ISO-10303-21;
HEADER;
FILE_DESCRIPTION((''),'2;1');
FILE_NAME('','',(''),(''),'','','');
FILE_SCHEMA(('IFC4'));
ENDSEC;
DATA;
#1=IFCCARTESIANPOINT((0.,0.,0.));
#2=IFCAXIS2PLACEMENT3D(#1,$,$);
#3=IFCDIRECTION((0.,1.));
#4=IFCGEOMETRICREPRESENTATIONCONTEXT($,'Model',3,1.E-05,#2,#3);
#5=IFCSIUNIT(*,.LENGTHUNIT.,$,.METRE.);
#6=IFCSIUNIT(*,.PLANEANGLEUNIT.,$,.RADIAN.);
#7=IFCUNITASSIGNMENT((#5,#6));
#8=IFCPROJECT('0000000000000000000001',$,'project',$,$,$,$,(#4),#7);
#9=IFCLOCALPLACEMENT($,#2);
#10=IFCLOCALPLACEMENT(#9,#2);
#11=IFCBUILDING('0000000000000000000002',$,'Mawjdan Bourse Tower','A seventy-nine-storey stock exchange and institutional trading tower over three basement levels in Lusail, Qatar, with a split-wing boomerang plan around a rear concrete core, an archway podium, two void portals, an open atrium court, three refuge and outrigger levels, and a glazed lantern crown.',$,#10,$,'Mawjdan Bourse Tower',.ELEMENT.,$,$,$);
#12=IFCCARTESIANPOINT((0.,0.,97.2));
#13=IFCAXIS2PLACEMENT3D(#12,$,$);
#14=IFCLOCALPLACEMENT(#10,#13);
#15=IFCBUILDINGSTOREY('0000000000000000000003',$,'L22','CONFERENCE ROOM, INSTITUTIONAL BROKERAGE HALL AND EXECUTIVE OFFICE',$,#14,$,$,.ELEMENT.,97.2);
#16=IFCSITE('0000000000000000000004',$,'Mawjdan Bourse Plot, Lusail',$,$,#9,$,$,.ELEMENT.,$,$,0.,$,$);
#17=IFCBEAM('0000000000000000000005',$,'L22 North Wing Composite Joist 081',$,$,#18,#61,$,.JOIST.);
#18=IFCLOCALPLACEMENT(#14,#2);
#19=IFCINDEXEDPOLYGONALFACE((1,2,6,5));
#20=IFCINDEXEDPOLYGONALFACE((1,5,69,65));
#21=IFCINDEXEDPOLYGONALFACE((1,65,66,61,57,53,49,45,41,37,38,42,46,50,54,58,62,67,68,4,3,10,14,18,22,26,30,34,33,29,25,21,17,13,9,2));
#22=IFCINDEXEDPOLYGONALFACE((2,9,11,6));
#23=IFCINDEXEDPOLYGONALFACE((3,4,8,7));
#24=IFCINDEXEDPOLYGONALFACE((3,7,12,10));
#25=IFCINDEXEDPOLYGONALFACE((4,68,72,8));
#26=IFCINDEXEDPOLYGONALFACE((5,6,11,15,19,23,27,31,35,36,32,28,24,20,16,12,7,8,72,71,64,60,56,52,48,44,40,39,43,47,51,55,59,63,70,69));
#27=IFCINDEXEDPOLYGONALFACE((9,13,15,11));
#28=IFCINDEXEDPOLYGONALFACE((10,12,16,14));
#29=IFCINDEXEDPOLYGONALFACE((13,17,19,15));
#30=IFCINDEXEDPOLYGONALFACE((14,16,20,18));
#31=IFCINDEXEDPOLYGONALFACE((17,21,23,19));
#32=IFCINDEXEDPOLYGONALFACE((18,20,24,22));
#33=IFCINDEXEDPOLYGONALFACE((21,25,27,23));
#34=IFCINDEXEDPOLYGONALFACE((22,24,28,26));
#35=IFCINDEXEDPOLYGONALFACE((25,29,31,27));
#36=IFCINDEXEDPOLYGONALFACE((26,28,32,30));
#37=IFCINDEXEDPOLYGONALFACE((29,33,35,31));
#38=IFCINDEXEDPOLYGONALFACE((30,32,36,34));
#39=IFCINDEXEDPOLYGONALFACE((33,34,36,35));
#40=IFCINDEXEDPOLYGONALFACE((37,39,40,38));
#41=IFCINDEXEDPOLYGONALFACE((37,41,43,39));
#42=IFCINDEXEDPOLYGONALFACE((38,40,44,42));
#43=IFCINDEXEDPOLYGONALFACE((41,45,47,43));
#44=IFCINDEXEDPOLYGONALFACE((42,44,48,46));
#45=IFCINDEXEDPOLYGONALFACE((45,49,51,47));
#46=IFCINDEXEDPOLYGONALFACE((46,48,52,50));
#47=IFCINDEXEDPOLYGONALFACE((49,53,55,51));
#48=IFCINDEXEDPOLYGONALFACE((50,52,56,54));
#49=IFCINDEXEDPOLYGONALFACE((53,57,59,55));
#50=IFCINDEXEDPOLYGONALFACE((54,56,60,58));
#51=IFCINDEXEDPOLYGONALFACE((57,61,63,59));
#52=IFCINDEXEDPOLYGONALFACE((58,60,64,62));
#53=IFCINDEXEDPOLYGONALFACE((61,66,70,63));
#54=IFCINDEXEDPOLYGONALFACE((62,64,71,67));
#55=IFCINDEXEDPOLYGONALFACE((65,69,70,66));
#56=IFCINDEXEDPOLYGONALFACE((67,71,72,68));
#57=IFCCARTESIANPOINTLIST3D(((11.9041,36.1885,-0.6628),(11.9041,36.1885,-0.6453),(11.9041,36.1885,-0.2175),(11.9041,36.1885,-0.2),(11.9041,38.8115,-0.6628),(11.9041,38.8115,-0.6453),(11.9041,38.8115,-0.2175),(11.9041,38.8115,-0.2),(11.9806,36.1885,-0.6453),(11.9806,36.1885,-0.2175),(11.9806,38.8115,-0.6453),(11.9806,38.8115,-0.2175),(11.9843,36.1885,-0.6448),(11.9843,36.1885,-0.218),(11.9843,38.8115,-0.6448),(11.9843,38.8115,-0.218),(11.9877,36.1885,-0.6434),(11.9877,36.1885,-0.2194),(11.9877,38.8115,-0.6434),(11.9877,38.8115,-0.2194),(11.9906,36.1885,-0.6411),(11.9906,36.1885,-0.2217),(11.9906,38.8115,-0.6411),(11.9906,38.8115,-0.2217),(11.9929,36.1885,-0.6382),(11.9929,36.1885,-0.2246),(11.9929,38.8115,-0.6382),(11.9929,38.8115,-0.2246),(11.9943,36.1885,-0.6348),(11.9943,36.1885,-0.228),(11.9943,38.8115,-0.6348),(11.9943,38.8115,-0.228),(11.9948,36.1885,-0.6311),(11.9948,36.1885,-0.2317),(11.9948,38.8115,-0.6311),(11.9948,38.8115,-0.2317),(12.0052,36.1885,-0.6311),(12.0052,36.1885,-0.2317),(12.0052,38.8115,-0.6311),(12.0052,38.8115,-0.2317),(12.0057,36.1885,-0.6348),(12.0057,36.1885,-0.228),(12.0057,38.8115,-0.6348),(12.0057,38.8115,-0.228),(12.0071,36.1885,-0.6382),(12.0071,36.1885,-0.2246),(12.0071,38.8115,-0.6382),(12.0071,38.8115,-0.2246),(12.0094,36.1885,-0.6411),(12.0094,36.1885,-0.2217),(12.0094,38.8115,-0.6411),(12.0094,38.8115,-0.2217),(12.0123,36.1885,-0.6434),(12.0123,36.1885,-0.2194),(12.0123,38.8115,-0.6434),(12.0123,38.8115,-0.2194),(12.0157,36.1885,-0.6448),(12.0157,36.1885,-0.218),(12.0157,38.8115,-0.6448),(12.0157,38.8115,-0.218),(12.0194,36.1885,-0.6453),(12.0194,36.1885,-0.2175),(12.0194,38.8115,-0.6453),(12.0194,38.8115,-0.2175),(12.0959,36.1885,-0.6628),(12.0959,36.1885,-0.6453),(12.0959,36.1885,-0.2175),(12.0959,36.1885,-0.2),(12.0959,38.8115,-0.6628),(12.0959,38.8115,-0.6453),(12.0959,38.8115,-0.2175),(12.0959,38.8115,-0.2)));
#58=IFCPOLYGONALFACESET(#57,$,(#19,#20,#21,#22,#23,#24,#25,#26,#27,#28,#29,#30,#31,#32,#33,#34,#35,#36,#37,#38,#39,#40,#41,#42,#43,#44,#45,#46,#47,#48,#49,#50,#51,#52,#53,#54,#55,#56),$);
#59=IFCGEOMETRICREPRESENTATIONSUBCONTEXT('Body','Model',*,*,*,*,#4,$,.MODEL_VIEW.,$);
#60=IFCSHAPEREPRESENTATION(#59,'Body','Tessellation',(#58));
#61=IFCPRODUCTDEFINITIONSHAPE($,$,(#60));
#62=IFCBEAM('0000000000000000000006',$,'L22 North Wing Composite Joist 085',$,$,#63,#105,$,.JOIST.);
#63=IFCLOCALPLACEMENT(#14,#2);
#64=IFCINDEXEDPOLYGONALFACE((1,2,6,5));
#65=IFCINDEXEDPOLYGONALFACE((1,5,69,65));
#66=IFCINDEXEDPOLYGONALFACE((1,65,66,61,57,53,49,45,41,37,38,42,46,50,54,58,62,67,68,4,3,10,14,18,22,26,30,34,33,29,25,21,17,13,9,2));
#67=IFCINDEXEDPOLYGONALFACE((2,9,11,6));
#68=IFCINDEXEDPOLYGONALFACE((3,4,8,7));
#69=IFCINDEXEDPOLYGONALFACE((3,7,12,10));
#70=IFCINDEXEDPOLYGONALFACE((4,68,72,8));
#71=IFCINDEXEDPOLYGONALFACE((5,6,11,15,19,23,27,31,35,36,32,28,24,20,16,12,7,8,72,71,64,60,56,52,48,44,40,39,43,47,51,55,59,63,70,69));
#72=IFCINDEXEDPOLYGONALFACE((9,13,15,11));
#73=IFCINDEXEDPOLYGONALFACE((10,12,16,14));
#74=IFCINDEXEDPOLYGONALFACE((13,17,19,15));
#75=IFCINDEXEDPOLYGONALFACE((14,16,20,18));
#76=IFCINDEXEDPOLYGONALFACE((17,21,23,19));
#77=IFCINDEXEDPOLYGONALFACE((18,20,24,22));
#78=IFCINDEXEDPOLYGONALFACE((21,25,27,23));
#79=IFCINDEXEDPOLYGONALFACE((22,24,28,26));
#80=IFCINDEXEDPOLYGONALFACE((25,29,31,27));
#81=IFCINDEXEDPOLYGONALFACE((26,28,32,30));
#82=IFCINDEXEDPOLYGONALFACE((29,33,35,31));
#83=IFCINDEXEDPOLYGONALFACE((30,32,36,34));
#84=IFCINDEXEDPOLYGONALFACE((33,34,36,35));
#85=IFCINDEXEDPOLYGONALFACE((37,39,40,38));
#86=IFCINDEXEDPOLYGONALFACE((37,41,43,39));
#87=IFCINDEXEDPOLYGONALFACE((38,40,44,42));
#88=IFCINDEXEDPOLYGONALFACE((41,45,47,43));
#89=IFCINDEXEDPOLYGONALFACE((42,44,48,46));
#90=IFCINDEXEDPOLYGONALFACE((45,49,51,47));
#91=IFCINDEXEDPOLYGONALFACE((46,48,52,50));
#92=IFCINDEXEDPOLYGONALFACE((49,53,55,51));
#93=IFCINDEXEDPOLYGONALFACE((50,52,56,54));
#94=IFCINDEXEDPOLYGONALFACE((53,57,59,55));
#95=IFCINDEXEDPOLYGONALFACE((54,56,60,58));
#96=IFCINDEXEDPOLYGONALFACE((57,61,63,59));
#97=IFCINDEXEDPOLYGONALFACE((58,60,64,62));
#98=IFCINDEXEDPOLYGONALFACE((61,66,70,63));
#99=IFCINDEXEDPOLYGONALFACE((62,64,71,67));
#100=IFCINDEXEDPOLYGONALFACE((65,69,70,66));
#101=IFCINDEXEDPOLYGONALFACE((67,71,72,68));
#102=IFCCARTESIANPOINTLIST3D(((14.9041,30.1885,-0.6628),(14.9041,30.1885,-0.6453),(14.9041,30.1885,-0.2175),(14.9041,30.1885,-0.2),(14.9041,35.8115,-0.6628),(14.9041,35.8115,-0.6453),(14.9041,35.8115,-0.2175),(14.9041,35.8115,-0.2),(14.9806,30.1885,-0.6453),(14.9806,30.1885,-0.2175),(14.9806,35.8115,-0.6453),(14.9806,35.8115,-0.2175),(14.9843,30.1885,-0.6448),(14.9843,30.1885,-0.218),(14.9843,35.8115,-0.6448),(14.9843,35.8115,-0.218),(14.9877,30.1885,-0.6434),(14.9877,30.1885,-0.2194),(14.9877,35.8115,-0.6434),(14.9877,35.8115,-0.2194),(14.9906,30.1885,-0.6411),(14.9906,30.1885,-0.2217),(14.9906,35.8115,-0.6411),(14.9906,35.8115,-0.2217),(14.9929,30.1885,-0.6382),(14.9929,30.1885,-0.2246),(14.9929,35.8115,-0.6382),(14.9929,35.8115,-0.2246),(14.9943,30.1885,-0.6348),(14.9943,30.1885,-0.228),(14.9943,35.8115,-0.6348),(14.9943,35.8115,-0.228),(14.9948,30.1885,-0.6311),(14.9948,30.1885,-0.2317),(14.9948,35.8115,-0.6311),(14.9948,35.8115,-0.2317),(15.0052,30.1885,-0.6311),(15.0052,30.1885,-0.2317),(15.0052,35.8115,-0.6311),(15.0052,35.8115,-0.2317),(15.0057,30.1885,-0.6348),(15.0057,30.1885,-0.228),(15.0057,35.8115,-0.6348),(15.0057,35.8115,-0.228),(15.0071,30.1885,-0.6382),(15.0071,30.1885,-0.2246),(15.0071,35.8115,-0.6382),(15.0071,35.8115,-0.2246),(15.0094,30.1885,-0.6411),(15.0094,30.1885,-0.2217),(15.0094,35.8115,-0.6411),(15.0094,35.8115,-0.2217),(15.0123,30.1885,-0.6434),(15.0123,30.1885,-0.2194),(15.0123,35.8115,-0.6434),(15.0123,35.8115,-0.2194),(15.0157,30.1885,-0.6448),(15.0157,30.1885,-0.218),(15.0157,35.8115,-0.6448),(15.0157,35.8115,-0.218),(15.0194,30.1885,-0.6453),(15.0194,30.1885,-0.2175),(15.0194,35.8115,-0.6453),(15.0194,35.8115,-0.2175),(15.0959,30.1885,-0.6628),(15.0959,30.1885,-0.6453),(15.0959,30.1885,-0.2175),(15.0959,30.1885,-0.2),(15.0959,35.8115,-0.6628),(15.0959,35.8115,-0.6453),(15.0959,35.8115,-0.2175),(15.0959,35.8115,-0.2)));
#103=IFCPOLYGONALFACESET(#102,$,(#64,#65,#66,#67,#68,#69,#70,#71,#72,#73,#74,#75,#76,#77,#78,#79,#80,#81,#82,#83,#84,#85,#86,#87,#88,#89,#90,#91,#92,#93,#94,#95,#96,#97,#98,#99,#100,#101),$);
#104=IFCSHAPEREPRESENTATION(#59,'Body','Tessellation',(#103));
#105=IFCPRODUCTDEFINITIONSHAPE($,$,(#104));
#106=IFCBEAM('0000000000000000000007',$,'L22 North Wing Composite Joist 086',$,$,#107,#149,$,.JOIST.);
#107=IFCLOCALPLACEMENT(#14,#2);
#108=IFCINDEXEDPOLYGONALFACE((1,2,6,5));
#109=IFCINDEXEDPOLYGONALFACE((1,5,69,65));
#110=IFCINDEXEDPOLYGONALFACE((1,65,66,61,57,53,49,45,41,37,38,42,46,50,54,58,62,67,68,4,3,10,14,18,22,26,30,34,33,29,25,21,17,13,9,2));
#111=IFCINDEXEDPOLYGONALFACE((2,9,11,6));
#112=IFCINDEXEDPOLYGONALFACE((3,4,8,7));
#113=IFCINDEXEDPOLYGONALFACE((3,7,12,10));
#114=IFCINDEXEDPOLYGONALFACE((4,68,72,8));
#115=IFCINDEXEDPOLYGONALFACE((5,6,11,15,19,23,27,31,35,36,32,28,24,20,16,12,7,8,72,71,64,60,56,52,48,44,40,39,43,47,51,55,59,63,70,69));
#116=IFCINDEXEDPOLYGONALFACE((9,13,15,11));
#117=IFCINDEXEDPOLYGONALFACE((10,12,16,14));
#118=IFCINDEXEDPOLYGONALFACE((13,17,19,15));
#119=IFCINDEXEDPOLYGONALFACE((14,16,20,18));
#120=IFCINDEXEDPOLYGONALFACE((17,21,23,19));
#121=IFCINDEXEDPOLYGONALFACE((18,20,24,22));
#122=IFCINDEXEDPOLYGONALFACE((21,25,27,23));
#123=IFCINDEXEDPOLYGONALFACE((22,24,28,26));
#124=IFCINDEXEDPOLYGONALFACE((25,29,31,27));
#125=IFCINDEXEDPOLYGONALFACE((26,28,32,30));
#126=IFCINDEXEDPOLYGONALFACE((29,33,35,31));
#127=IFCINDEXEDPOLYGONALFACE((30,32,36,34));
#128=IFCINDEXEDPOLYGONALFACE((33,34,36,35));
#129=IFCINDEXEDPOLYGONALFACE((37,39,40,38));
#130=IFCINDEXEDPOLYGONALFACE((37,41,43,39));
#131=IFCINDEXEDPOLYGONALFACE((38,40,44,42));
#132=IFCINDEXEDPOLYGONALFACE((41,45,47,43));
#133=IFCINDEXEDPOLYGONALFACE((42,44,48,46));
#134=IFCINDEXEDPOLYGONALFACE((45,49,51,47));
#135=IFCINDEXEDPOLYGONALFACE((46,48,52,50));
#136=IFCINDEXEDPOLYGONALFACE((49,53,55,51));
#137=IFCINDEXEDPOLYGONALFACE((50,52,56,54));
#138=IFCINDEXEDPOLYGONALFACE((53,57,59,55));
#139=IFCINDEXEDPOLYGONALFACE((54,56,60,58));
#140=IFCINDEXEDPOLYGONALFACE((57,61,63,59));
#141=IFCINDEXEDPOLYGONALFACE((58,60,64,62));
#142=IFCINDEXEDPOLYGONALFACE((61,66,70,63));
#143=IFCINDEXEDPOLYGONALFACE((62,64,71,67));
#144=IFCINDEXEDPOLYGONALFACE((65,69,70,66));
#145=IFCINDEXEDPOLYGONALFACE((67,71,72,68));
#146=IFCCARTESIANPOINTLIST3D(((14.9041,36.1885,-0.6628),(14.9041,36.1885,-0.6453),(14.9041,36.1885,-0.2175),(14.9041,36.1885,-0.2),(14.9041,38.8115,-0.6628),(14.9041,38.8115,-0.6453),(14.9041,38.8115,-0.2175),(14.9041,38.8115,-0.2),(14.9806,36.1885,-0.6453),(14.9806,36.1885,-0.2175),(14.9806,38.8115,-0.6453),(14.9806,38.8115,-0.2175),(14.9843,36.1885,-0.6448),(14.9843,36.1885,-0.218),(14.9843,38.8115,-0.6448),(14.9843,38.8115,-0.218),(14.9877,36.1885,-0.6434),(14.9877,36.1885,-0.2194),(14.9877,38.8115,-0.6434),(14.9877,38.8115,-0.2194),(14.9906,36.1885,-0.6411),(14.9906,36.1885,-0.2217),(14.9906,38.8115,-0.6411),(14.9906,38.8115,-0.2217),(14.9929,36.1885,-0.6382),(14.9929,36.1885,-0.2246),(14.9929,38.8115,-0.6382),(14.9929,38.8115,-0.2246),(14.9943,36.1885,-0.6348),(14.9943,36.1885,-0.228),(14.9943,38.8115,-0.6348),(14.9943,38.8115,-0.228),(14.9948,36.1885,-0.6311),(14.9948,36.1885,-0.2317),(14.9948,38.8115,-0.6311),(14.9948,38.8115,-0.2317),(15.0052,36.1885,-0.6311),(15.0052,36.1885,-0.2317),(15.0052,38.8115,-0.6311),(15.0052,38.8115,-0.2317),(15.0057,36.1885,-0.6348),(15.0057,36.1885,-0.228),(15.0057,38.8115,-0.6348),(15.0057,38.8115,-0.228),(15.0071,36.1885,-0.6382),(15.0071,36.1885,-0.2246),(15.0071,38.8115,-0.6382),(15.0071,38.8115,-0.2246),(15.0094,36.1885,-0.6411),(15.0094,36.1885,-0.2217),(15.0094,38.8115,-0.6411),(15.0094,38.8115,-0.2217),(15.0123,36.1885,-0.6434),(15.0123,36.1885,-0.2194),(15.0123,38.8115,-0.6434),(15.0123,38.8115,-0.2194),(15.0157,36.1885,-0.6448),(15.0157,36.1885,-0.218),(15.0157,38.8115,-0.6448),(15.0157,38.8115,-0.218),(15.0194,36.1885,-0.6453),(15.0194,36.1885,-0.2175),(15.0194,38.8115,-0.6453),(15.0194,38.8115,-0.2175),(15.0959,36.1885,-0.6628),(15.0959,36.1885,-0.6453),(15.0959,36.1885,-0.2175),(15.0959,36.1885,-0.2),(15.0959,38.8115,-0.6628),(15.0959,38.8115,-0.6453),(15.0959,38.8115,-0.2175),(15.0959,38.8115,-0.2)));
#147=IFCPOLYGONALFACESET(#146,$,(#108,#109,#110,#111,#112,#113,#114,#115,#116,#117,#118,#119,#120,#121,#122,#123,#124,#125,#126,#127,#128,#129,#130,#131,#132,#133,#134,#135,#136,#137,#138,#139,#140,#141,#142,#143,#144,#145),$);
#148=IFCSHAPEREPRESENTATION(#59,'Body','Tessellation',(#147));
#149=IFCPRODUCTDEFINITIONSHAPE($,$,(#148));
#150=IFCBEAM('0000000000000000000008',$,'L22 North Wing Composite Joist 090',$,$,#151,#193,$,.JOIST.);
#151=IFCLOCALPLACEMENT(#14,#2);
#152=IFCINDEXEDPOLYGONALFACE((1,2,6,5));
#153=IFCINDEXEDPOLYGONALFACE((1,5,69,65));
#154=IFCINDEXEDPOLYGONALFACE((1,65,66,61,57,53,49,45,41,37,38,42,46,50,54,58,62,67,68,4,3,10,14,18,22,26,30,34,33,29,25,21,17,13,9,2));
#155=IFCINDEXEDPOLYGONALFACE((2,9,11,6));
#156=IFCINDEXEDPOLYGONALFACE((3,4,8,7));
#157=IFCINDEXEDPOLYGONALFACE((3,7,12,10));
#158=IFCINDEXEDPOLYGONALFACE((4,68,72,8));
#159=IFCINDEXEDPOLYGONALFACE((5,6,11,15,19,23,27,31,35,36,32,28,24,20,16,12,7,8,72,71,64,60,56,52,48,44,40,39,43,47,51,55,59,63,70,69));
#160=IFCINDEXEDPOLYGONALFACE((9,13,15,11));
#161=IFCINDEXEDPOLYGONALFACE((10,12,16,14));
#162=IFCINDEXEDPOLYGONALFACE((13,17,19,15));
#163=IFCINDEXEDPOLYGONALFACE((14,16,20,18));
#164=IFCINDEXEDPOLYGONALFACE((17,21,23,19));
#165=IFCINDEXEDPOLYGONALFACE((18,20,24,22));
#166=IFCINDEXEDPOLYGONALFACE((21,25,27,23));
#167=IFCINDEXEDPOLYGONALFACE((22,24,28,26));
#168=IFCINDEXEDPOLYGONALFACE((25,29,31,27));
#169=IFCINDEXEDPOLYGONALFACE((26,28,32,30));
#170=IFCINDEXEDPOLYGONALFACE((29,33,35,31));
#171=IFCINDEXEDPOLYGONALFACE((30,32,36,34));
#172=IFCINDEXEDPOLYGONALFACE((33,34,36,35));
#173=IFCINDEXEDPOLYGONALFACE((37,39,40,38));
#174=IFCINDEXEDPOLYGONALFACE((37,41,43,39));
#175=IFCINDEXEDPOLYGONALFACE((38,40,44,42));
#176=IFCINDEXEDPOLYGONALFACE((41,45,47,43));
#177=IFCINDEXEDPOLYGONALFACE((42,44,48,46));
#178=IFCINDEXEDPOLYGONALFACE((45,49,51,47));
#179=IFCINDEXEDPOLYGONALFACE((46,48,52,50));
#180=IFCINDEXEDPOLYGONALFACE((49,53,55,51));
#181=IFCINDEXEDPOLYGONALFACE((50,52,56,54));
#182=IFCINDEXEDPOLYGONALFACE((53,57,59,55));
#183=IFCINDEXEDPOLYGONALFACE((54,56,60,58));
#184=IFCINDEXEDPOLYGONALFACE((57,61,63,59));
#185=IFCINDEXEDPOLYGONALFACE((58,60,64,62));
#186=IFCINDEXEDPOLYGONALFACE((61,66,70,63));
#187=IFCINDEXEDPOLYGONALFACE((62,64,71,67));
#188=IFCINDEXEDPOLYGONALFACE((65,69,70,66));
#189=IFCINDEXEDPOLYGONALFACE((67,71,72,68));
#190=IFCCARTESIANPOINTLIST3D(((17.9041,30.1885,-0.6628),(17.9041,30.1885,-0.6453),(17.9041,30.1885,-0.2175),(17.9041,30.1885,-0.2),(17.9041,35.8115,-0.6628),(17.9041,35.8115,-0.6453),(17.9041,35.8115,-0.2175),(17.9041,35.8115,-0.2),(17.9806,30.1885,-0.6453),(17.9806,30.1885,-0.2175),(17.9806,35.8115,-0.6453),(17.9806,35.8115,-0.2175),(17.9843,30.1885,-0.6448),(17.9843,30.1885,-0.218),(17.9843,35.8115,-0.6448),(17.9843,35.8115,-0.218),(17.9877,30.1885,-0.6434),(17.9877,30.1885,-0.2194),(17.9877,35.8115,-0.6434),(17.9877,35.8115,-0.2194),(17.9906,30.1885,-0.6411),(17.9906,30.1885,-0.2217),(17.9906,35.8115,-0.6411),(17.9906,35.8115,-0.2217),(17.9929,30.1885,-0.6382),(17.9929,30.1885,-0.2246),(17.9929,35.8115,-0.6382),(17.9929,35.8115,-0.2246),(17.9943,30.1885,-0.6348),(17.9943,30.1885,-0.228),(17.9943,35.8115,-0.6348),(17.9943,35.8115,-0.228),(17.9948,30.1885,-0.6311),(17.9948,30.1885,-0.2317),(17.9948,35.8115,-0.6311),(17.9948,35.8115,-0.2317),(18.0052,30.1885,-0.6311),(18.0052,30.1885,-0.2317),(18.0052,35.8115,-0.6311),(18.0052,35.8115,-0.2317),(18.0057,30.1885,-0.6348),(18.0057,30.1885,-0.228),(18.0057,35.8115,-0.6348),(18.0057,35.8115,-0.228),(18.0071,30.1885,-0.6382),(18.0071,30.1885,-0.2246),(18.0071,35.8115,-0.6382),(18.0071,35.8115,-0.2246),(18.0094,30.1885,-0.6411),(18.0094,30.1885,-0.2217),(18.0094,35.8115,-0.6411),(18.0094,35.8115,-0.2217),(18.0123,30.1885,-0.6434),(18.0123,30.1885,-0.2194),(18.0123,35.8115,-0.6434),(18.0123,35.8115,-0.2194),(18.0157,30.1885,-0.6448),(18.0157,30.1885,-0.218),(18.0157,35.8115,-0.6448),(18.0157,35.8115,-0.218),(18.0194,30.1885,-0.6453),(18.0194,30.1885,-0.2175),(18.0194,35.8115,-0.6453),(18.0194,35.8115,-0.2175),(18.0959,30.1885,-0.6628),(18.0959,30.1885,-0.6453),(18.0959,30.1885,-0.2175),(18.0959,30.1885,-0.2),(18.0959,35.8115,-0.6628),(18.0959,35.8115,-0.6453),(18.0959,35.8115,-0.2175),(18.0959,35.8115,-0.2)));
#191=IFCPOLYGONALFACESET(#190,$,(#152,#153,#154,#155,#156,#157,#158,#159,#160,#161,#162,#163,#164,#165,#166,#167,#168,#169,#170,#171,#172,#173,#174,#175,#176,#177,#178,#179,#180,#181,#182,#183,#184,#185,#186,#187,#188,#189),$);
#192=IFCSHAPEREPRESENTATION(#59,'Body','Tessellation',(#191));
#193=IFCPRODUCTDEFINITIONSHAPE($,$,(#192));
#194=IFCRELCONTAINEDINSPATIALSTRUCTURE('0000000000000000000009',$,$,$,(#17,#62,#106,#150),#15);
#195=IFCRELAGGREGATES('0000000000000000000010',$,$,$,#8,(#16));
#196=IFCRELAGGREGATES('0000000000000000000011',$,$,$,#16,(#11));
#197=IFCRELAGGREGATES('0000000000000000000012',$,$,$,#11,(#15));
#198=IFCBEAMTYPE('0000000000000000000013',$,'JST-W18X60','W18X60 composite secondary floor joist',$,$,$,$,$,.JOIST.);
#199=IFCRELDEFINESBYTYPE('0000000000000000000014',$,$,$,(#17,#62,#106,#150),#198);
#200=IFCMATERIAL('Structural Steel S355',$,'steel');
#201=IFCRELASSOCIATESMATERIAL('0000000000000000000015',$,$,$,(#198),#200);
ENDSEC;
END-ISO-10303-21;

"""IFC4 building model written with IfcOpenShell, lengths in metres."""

from ifc_helpers import new_model, si_unit, direction, frame, origin, origin_2d, place, context, subcontext, project, spatial, i_section, extrude, material, material_profile, profile_set, type_object, element, save


model = new_model("IFC4")

# Units and contexts
model_context = context("Model", 3, precision=1e-05, world=origin(), true_north=direction((0.0, 1.0)))
body_context = subcontext(model_context, "Body", "Model", "MODEL_VIEW")
ifc_project = project(units=[si_unit("LENGTHUNIT", "METRE"), si_unit("PLANEANGLEUNIT", "RADIAN")], contexts=[model_context])

# Site, building, storey
site_placement = place(None, origin())
site = spatial("IfcSite", under=ifc_project, at=site_placement, Name="Mawjdan Bourse Plot, Lusail", CompositionType="ELEMENT", RefElevation=0.0)
building_placement = place(site_placement, origin())
building = spatial("IfcBuilding", under=site, at=building_placement, Name="Mawjdan Bourse Tower", Description="A seventy-nine-storey stock exchange and institutional trading tower over three basement levels in Lusail, Qatar, with a split-wing boomerang plan around a rear concrete core, an archway podium, two void portals, an open atrium court, three refuge and outrigger levels, and a glazed lantern crown.", LongName="Mawjdan Bourse Tower", CompositionType="ELEMENT")
storey_placement = place(building_placement, frame((0.0, 0.0, 97.2)))
storey = spatial("IfcBuildingStorey", under=building, at=storey_placement, Name="L22", Description="CONFERENCE ROOM, INSTITUTIONAL BROKERAGE HALL AND EXECUTIVE OFFICE", CompositionType="ELEMENT", Elevation=97.2)

# Beams
ifc_material_1 = material(Name="Structural Steel S355", Category="steel")
ifc_material_profile_1 = material_profile(ifc_material_1, i_section(OverallWidth=0.1919, OverallDepth=0.4629, WebThickness=0.0105, FlangeThickness=0.0176, FilletRadius=0.0142, at=origin_2d()), Name="W18X60")
ifc_profile_set_1 = profile_set([ifc_material_profile_1], Name="Structural Steel S355")
beam_type_1 = type_object("IfcBeamType", Name="JST-W18X60", Description="W18X60 composite secondary floor joist", PredefinedType="JOIST", material=ifc_profile_set_1)
beam_1_placement = place(storey_placement, frame((12.0, 36.1885, -0.4314), z_axis=(0.0, 1.0, 0.0), x_axis=(-1.0, 0.0, 0.0)))
element("IfcBeam", 1, at=beam_1_placement, inside=storey, type_object=beam_type_1, Name="L22 North Wing Composite Joist 081", PredefinedType="JOIST", context=body_context, shape_type="SweptSolid", body=[
    extrude(i_section(OverallWidth=0.1919, OverallDepth=0.4629, WebThickness=0.0105, FlangeThickness=0.0176, FilletRadius=0.0142, at=origin_2d()), origin(), (0.0, 0.0, 1.0), 2.623),
])
beam_2_placement = place(storey_placement, frame((15.0, 30.1885, -0.4314), z_axis=(0.0, 1.0, 0.0), x_axis=(-1.0, 0.0, 0.0)))
element("IfcBeam", 2, at=beam_2_placement, inside=storey, type_object=beam_type_1, Name="L22 North Wing Composite Joist 085", PredefinedType="JOIST", context=body_context, shape_type="SweptSolid", body=[
    extrude(i_section(OverallWidth=0.1919, OverallDepth=0.4629, WebThickness=0.0105, FlangeThickness=0.0176, FilletRadius=0.0142, at=origin_2d()), origin(), (0.0, 0.0, 1.0), 5.623),
])
beam_3_placement = place(storey_placement, frame((15.0, 36.1885, -0.4314), z_axis=(0.0, 1.0, 0.0), x_axis=(-1.0, 0.0, 0.0)))
element("IfcBeam", 3, at=beam_3_placement, inside=storey, type_object=beam_type_1, Name="L22 North Wing Composite Joist 086", PredefinedType="JOIST", context=body_context, shape_type="SweptSolid", body=[
    extrude(i_section(OverallWidth=0.1919, OverallDepth=0.4629, WebThickness=0.0105, FlangeThickness=0.0176, FilletRadius=0.0142, at=origin_2d()), origin(), (0.0, 0.0, 1.0), 2.623),
])
beam_4_placement = place(storey_placement, frame((18.0, 30.1885, -0.4314), z_axis=(0.0, 1.0, 0.0), x_axis=(-1.0, 0.0, 0.0)))
element("IfcBeam", 4, at=beam_4_placement, inside=storey, type_object=beam_type_1, Name="L22 North Wing Composite Joist 090", PredefinedType="JOIST", context=body_context, shape_type="SweptSolid", body=[
    extrude(i_section(OverallWidth=0.1919, OverallDepth=0.4629, WebThickness=0.0105, FlangeThickness=0.0176, FilletRadius=0.0142, at=origin_2d()), origin(), (0.0, 0.0, 1.0), 5.623),
])

save(model, "model.ifc")
